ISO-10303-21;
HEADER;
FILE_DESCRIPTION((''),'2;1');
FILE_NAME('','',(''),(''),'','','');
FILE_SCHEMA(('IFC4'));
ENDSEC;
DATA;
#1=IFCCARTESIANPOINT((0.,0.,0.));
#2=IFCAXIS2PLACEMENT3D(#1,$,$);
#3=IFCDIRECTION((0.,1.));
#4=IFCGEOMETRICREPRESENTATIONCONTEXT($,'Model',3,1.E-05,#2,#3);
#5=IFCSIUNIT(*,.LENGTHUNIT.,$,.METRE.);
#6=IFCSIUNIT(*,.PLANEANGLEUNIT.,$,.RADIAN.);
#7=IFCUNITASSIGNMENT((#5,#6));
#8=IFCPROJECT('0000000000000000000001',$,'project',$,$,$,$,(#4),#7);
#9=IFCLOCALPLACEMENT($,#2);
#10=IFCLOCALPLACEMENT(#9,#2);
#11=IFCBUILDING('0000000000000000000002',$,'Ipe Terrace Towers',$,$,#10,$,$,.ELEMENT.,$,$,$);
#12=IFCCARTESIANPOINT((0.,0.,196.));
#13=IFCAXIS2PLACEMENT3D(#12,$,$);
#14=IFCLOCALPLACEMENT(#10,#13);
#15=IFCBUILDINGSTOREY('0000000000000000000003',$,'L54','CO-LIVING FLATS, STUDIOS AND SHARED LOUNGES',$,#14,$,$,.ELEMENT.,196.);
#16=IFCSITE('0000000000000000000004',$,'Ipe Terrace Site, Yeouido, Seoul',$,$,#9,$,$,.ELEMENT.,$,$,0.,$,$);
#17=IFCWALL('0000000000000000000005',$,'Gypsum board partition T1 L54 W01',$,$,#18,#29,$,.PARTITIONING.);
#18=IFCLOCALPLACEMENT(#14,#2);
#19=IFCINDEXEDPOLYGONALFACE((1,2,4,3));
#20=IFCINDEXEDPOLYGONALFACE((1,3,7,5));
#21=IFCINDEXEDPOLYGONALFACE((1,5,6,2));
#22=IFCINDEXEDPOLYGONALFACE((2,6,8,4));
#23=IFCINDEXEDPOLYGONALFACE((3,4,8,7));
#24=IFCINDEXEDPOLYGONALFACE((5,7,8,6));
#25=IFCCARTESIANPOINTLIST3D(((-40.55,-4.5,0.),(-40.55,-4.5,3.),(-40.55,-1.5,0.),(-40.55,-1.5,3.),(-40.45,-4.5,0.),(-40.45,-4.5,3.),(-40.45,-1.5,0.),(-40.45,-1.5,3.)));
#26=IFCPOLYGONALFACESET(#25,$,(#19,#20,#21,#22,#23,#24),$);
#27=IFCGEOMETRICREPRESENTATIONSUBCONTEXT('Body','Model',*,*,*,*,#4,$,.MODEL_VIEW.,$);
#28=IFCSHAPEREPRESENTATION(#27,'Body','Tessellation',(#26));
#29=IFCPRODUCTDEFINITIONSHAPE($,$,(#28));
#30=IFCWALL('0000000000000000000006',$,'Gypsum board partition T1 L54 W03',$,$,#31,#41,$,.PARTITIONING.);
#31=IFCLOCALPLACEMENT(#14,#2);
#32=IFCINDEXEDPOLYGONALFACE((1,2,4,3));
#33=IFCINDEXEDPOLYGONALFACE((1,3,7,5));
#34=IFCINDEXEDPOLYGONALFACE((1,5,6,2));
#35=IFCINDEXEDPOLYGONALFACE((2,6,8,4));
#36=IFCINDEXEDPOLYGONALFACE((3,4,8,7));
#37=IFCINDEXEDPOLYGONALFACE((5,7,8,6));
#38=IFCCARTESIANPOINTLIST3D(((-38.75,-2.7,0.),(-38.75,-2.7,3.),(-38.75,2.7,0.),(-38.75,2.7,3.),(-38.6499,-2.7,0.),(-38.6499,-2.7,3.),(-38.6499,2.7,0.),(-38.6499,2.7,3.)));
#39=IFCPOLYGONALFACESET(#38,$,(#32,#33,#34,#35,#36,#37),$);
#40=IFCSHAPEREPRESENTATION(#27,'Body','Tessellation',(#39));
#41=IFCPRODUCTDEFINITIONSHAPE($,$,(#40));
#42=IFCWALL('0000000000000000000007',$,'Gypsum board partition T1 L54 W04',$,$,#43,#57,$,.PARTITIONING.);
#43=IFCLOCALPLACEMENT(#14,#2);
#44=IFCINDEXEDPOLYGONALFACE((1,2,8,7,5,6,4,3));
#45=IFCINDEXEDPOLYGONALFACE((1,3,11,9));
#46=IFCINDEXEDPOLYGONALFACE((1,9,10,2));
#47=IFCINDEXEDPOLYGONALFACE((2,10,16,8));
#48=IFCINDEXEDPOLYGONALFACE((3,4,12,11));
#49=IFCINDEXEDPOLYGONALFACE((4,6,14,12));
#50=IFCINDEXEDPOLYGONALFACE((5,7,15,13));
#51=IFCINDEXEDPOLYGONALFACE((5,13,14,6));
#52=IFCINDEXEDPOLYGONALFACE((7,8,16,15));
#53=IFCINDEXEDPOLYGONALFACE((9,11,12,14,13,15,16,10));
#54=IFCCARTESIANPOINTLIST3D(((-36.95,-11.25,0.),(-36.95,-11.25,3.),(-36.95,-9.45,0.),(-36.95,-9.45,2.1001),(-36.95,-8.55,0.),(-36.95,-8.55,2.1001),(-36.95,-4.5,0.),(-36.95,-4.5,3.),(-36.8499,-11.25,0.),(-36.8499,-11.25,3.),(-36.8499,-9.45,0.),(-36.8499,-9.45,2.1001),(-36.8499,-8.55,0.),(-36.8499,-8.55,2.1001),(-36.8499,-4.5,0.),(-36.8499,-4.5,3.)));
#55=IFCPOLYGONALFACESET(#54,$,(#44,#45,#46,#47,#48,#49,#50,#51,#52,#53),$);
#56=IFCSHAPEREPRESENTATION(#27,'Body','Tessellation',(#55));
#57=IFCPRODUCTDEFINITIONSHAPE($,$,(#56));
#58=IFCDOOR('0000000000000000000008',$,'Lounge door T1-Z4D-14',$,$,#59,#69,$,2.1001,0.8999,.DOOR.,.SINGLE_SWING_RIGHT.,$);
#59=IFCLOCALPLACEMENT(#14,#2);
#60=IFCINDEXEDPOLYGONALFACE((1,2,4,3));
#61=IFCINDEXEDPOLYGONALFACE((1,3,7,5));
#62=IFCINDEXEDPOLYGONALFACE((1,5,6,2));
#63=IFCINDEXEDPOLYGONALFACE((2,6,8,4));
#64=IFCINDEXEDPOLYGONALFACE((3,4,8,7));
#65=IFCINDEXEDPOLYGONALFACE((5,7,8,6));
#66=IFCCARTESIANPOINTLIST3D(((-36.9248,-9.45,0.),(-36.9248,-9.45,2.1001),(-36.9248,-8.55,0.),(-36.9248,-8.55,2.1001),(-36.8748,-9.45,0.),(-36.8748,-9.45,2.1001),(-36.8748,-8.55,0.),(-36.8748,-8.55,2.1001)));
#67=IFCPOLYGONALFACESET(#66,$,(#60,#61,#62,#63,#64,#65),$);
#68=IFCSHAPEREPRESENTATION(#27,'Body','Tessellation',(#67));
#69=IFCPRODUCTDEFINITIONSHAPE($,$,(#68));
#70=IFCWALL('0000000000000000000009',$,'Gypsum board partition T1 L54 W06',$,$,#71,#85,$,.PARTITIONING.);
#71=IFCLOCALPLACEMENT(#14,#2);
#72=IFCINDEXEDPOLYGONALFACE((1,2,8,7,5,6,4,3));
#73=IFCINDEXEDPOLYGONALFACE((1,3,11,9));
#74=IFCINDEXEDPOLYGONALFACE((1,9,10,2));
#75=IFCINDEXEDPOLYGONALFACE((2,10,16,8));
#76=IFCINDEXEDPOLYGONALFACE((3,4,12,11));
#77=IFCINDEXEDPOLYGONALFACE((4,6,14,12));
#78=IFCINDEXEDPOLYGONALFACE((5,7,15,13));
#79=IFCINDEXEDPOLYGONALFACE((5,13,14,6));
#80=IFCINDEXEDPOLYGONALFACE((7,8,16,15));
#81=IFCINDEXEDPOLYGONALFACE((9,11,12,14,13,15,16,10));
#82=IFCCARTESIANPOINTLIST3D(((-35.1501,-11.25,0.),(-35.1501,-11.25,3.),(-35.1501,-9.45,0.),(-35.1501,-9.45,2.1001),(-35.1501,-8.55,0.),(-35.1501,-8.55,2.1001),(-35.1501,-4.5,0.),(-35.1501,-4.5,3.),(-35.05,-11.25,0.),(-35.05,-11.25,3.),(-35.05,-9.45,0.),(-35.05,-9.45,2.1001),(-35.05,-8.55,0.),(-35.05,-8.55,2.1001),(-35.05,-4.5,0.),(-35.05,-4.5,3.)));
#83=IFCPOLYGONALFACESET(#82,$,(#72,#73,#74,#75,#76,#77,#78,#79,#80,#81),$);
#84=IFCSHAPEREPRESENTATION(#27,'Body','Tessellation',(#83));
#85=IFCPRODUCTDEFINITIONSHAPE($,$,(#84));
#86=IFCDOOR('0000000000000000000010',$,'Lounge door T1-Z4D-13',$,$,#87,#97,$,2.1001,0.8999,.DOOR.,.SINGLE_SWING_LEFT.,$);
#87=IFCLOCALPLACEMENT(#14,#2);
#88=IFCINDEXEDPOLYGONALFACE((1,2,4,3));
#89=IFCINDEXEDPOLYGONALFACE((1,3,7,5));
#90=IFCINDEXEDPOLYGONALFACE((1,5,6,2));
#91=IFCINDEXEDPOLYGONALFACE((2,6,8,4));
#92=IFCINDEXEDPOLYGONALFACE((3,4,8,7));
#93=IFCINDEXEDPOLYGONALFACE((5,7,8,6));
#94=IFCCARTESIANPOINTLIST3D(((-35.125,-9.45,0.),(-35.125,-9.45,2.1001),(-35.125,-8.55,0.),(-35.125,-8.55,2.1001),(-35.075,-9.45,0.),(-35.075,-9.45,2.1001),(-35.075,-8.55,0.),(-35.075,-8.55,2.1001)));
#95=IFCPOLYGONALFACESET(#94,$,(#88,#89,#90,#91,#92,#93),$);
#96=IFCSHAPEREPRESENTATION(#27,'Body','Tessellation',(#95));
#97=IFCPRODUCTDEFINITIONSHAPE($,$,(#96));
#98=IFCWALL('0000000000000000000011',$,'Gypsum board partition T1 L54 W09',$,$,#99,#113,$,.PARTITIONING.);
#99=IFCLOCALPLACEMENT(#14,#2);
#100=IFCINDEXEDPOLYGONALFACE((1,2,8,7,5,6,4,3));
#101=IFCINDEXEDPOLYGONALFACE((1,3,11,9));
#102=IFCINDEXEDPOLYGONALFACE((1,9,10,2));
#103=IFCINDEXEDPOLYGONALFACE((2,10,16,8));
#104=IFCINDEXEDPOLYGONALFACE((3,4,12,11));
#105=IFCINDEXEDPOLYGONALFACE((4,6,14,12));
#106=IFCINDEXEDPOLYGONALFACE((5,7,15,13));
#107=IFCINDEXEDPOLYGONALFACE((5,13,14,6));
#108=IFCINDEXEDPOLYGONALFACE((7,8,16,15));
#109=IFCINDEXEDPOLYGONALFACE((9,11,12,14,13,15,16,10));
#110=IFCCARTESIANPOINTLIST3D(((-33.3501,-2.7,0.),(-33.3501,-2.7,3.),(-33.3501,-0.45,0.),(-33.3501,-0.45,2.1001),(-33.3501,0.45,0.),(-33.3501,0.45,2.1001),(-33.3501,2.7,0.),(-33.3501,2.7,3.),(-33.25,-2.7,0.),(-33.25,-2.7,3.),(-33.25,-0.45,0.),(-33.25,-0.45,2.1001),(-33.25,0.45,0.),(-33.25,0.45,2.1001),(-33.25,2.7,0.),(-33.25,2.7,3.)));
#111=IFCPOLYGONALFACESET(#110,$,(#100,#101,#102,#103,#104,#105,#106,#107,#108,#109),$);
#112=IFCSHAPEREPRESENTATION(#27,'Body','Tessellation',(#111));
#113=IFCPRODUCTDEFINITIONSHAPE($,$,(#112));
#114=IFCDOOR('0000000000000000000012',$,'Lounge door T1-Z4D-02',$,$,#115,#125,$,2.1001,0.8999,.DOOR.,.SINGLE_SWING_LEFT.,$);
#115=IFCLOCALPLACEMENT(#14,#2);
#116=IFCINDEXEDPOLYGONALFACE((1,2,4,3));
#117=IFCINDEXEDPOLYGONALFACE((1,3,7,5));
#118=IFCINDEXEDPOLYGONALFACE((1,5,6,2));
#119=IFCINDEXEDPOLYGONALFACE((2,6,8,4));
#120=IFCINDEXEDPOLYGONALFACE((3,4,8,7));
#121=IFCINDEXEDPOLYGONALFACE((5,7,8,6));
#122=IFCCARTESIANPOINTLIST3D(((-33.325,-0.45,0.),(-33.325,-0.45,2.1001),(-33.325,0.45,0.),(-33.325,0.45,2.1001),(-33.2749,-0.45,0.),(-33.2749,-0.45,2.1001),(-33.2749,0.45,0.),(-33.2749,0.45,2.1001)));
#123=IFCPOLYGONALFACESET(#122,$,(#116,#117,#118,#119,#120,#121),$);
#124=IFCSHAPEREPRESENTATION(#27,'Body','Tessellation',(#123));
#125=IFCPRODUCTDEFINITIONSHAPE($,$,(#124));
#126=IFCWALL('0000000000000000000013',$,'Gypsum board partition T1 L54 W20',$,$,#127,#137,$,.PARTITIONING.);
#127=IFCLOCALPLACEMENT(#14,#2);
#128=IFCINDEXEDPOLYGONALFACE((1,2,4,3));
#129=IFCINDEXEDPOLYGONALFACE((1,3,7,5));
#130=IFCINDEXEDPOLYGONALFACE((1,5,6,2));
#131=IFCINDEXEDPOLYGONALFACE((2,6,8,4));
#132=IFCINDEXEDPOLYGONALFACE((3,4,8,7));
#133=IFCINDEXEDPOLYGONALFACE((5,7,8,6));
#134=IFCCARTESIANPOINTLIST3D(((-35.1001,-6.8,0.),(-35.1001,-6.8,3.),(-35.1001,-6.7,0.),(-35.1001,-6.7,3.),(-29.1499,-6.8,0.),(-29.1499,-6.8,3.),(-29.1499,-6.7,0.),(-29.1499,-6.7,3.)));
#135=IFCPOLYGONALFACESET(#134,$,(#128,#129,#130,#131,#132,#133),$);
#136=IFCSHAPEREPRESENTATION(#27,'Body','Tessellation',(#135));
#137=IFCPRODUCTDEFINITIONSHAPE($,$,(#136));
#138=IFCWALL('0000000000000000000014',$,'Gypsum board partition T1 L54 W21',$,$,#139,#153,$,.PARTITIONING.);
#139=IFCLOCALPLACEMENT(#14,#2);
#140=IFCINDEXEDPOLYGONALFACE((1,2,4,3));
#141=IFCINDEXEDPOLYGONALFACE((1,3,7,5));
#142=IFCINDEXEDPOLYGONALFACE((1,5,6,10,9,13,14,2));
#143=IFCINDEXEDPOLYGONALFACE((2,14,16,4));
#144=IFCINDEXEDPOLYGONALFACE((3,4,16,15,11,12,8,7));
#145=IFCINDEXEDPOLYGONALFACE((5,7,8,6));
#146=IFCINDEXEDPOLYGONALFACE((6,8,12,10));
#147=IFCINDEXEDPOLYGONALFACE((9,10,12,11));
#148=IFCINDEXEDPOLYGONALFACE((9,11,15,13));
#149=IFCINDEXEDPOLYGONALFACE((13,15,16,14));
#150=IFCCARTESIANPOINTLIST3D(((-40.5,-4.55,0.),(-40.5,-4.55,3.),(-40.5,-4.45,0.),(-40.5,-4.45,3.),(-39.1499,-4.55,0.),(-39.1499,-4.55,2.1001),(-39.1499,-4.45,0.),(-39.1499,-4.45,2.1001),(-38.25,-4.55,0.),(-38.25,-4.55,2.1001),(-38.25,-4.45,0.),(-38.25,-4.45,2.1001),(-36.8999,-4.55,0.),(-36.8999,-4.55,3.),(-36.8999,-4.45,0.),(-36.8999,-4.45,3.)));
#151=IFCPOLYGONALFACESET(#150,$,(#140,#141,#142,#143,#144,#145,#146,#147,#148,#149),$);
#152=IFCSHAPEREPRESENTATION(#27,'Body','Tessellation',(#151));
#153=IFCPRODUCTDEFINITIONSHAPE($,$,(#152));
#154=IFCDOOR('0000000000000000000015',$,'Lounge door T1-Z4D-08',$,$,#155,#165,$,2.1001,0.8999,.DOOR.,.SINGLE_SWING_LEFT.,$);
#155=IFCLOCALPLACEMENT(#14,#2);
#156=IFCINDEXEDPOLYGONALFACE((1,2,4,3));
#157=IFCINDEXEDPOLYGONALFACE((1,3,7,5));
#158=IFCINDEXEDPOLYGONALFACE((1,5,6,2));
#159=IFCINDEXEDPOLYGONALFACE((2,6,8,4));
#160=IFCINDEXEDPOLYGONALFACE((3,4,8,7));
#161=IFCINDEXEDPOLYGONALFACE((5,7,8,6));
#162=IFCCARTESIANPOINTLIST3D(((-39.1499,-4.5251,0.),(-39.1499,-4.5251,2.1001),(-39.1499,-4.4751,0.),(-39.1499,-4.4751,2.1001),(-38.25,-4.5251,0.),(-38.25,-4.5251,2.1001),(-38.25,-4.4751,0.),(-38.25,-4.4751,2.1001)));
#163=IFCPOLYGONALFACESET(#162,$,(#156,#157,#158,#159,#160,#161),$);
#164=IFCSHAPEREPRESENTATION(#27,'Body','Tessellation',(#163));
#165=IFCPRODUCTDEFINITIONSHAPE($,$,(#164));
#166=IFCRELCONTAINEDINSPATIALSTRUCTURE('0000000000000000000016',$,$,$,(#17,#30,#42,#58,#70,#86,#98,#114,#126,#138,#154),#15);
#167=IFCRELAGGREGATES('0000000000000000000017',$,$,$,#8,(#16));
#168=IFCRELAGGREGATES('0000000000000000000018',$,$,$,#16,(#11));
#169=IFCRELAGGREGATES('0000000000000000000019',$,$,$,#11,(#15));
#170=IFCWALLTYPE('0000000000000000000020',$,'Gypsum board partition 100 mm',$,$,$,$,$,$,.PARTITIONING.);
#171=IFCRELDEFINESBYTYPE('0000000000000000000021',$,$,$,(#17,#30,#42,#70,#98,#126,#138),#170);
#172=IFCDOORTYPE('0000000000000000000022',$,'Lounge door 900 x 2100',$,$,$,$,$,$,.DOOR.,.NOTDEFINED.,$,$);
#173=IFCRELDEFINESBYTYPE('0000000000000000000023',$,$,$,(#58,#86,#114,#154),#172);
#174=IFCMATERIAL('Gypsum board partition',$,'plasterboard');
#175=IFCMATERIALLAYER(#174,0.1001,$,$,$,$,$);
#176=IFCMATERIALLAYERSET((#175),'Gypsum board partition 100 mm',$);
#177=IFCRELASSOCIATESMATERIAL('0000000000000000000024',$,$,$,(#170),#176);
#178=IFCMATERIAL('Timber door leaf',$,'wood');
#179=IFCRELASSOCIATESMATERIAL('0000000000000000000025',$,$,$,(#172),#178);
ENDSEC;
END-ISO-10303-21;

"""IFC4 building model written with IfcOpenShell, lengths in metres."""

from ifc_helpers import new_model, si_unit, direction, frame, frame_2d, origin, place, context, subcontext, project, spatial, rectangle, extrude, material, layer, layer_set, type_object, element, fill, save


model = new_model("IFC4")

# Units and contexts
model_context = context("Model", 3, precision=1e-05, world=origin(), true_north=direction((0.0, 1.0)))
body_context = subcontext(model_context, "Body", "Model", "MODEL_VIEW")
ifc_project = project(units=[si_unit("LENGTHUNIT", "METRE"), si_unit("PLANEANGLEUNIT", "RADIAN")], contexts=[model_context])

# Site, building, storey
site_placement = place(None, origin())
site = spatial("IfcSite", under=ifc_project, at=site_placement, Name="Ipe Terrace Site, Yeouido, Seoul", CompositionType="ELEMENT", RefElevation=0.0)
building_placement = place(site_placement, origin())
building = spatial("IfcBuilding", under=site, at=building_placement, Name="Ipe Terrace Towers", CompositionType="ELEMENT")
storey_placement = place(building_placement, frame((0.0, 0.0, 196.0)))
storey = spatial("IfcBuildingStorey", under=building, at=storey_placement, Name="L54", Description="CO-LIVING FLATS, STUDIOS AND SHARED LOUNGES", CompositionType="ELEMENT", Elevation=196.0)

# Walls
ifc_material_1 = material(Name="Gypsum board partition", Category="plasterboard")
ifc_layer_1 = layer(ifc_material_1, 0.1001)
ifc_layer_set_1 = layer_set([ifc_layer_1], Name="Gypsum board partition 100 mm")
wall_type_1 = type_object("IfcWallType", Name="Gypsum board partition 100 mm", PredefinedType="PARTITIONING", material=ifc_layer_set_1)
wall_1_placement = place(storey_placement, frame((-40.5, -4.5, 0.0), z_axis=(0.0, 0.0, 1.0), x_axis=(0.0, 1.0, 0.0)))
element("IfcWall", 1, at=wall_1_placement, inside=storey, type_object=wall_type_1, Name="Gypsum board partition T1 L54 W01", PredefinedType="PARTITIONING", context=body_context, shape_type="SweptSolid", body=[
    extrude(rectangle(XDim=3.0, YDim=0.1001, at=frame_2d((1.5, 0.0))), origin(), (0.0, 0.0, 1.0), 3.0),
])
wall_2_placement = place(storey_placement, frame((-38.7, -2.7, 0.0), z_axis=(0.0, 0.0, 1.0), x_axis=(0.0, 1.0, 0.0)))
element("IfcWall", 2, at=wall_2_placement, inside=storey, type_object=wall_type_1, Name="Gypsum board partition T1 L54 W03", PredefinedType="PARTITIONING", context=body_context, shape_type="SweptSolid", body=[
    extrude(rectangle(XDim=5.3999, YDim=0.1001, at=frame_2d((2.7, 0.0))), origin(), (0.0, 0.0, 1.0), 3.0),
])

# Walls, openings, doors
wall_3_placement = place(storey_placement, frame((-36.8999, -11.25, 0.0), z_axis=(0.0, 0.0, 1.0), x_axis=(0.0, 1.0, 0.0)))
wall_3 = element("IfcWall", 3, at=wall_3_placement, inside=storey, type_object=wall_type_1, Name="Gypsum board partition T1 L54 W04", PredefinedType="PARTITIONING", context=body_context, shape_type="SweptSolid", body=[
    extrude(rectangle(XDim=6.75, YDim=0.1001, at=frame_2d((3.375, 0.0))), origin(), (0.0, 0.0, 1.0), 3.0),
])
opening_1_placement = place(wall_3_placement, frame((1.8, 0.0, 0.0)))
opening_1 = element("IfcOpeningElement", 4, at=opening_1_placement, cuts=wall_3, PredefinedType="OPENING", context=body_context, shape_type="SweptSolid", body=[
    extrude(rectangle(XDim=0.8999, YDim=2.1001, at=frame_2d((0.45, 1.05))), frame((0.0, 0.0601, 0.0), z_axis=(0.0, -1.0, 0.0), x_axis=(1.0, 0.0, 0.0)), (0.0, 0.0, 1.0), 0.1201),
])
ifc_material_2 = material(Name="Timber door leaf", Category="wood")
door_type = type_object("IfcDoorType", Name="Lounge door 900 x 2100", OperationType="NOTDEFINED", PredefinedType="DOOR", material=ifc_material_2)
door_1_placement = place(opening_1_placement, origin())
door_1 = element("IfcDoor", 5, at=door_1_placement, inside=storey, type_object=door_type, Name="Lounge door T1-Z4D-14", OperationType="SINGLE_SWING_RIGHT", OverallHeight=2.1001, OverallWidth=0.8999, PredefinedType="DOOR", context=body_context, shape_type="SweptSolid", body=[
    extrude(rectangle(XDim=0.8999, YDim=2.1001, at=frame_2d((0.45, 1.05))), frame((0.0, 0.0249, 0.0), z_axis=(0.0, -1.0, 0.0), x_axis=(1.0, 0.0, 0.0)), (0.0, 0.0, 1.0), 0.05),
])
fill(opening_1, door_1)
wall_4_placement = place(storey_placement, frame((-35.1001, -11.25, 0.0), z_axis=(0.0, 0.0, 1.0), x_axis=(0.0, 1.0, 0.0)))
wall_4 = element("IfcWall", 6, at=wall_4_placement, inside=storey, type_object=wall_type_1, Name="Gypsum board partition T1 L54 W06", PredefinedType="PARTITIONING", context=body_context, shape_type="SweptSolid", body=[
    extrude(rectangle(XDim=6.75, YDim=0.1001, at=frame_2d((3.375, 0.0))), origin(), (0.0, 0.0, 1.0), 3.0),
])
opening_2_placement = place(wall_4_placement, frame((1.8, 0.0, 0.0)))
opening_2 = element("IfcOpeningElement", 7, at=opening_2_placement, cuts=wall_4, PredefinedType="OPENING", context=body_context, shape_type="SweptSolid", body=[
    extrude(rectangle(XDim=0.8999, YDim=2.1001, at=frame_2d((0.45, 1.05))), frame((0.0, 0.0601, 0.0), z_axis=(0.0, -1.0, 0.0), x_axis=(1.0, 0.0, 0.0)), (0.0, 0.0, 1.0), 0.1201),
])
door_2_placement = place(opening_2_placement, origin())
door_2 = element("IfcDoor", 8, at=door_2_placement, inside=storey, type_object=door_type, Name="Lounge door T1-Z4D-13", OperationType="SINGLE_SWING_LEFT", OverallHeight=2.1001, OverallWidth=0.8999, PredefinedType="DOOR", context=body_context, shape_type="SweptSolid", body=[
    extrude(rectangle(XDim=0.8999, YDim=2.1001, at=frame_2d((0.45, 1.05))), frame((0.0, 0.0249, 0.0), z_axis=(0.0, -1.0, 0.0), x_axis=(1.0, 0.0, 0.0)), (0.0, 0.0, 1.0), 0.05),
])
fill(opening_2, door_2)
wall_5_placement = place(storey_placement, frame((-33.3, -2.7, 0.0), z_axis=(0.0, 0.0, 1.0), x_axis=(0.0, 1.0, 0.0)))
wall_5 = element("IfcWall", 9, at=wall_5_placement, inside=storey, type_object=wall_type_1, Name="Gypsum board partition T1 L54 W09", PredefinedType="PARTITIONING", context=body_context, shape_type="SweptSolid", body=[
    extrude(rectangle(XDim=5.3999, YDim=0.1001, at=frame_2d((2.7, 0.0))), origin(), (0.0, 0.0, 1.0), 3.0),
])
opening_3_placement = place(wall_5_placement, frame((2.25, 0.0, 0.0)))
opening_3 = element("IfcOpeningElement", 10, at=opening_3_placement, cuts=wall_5, PredefinedType="OPENING", context=body_context, shape_type="SweptSolid", body=[
    extrude(rectangle(XDim=0.8999, YDim=2.1001, at=frame_2d((0.45, 1.05))), frame((0.0, 0.0601, 0.0), z_axis=(0.0, -1.0, 0.0), x_axis=(1.0, 0.0, 0.0)), (0.0, 0.0, 1.0), 0.1201),
])
door_3_placement = place(opening_3_placement, origin())
door_3 = element("IfcDoor", 11, at=door_3_placement, inside=storey, type_object=door_type, Name="Lounge door T1-Z4D-02", OperationType="SINGLE_SWING_LEFT", OverallHeight=2.1001, OverallWidth=0.8999, PredefinedType="DOOR", context=body_context, shape_type="SweptSolid", body=[
    extrude(rectangle(XDim=0.8999, YDim=2.1001, at=frame_2d((0.45, 1.05))), frame((0.0, 0.0249, 0.0), z_axis=(0.0, -1.0, 0.0), x_axis=(1.0, 0.0, 0.0)), (0.0, 0.0, 1.0), 0.05),
])
fill(opening_3, door_3)

# Wall
wall_6_placement = place(storey_placement, frame((-35.1001, -6.75, 0.0), z_axis=(0.0, 0.0, 1.0), x_axis=(1.0, 0.0, 0.0)))
element("IfcWall", 12, at=wall_6_placement, inside=storey, type_object=wall_type_1, Name="Gypsum board partition T1 L54 W20", PredefinedType="PARTITIONING", context=body_context, shape_type="SweptSolid", body=[
    extrude(rectangle(XDim=5.9502, YDim=0.1001, at=frame_2d((2.9751, 0.0))), origin(), (0.0, 0.0, 1.0), 3.0),
])

# Wall, opening, door
wall_7_placement = place(storey_placement, frame((-40.5, -4.5, 0.0), z_axis=(0.0, 0.0, 1.0), x_axis=(1.0, 0.0, 0.0)))
wall_7 = element("IfcWall", 13, at=wall_7_placement, inside=storey, type_object=wall_type_1, Name="Gypsum board partition T1 L54 W21", PredefinedType="PARTITIONING", context=body_context, shape_type="SweptSolid", body=[
    extrude(rectangle(XDim=3.6001, YDim=0.1001, at=frame_2d((1.8, 0.0))), origin(), (0.0, 0.0, 1.0), 3.0),
])
opening_4_placement = place(wall_7_placement, frame((1.3501, 0.0, 0.0)))
opening_4 = element("IfcOpeningElement", 14, at=opening_4_placement, cuts=wall_7, PredefinedType="OPENING", context=body_context, shape_type="SweptSolid", body=[
    extrude(rectangle(XDim=0.8999, YDim=2.1001, at=frame_2d((0.45, 1.05))), frame((0.0, 0.0601, 0.0), z_axis=(0.0, -1.0, 0.0), x_axis=(1.0, 0.0, 0.0)), (0.0, 0.0, 1.0), 0.1201),
])
door_4_placement = place(opening_4_placement, origin())
door_4 = element("IfcDoor", 15, at=door_4_placement, inside=storey, type_object=door_type, Name="Lounge door T1-Z4D-08", OperationType="SINGLE_SWING_LEFT", OverallHeight=2.1001, OverallWidth=0.8999, PredefinedType="DOOR", context=body_context, shape_type="SweptSolid", body=[
    extrude(rectangle(XDim=0.8999, YDim=2.1001, at=frame_2d((0.45, 1.05))), frame((0.0, 0.0249, 0.0), z_axis=(0.0, -1.0, 0.0), x_axis=(1.0, 0.0, 0.0)), (0.0, 0.0, 1.0), 0.05),
])
fill(opening_4, door_4)

save(model, "model.ifc")
